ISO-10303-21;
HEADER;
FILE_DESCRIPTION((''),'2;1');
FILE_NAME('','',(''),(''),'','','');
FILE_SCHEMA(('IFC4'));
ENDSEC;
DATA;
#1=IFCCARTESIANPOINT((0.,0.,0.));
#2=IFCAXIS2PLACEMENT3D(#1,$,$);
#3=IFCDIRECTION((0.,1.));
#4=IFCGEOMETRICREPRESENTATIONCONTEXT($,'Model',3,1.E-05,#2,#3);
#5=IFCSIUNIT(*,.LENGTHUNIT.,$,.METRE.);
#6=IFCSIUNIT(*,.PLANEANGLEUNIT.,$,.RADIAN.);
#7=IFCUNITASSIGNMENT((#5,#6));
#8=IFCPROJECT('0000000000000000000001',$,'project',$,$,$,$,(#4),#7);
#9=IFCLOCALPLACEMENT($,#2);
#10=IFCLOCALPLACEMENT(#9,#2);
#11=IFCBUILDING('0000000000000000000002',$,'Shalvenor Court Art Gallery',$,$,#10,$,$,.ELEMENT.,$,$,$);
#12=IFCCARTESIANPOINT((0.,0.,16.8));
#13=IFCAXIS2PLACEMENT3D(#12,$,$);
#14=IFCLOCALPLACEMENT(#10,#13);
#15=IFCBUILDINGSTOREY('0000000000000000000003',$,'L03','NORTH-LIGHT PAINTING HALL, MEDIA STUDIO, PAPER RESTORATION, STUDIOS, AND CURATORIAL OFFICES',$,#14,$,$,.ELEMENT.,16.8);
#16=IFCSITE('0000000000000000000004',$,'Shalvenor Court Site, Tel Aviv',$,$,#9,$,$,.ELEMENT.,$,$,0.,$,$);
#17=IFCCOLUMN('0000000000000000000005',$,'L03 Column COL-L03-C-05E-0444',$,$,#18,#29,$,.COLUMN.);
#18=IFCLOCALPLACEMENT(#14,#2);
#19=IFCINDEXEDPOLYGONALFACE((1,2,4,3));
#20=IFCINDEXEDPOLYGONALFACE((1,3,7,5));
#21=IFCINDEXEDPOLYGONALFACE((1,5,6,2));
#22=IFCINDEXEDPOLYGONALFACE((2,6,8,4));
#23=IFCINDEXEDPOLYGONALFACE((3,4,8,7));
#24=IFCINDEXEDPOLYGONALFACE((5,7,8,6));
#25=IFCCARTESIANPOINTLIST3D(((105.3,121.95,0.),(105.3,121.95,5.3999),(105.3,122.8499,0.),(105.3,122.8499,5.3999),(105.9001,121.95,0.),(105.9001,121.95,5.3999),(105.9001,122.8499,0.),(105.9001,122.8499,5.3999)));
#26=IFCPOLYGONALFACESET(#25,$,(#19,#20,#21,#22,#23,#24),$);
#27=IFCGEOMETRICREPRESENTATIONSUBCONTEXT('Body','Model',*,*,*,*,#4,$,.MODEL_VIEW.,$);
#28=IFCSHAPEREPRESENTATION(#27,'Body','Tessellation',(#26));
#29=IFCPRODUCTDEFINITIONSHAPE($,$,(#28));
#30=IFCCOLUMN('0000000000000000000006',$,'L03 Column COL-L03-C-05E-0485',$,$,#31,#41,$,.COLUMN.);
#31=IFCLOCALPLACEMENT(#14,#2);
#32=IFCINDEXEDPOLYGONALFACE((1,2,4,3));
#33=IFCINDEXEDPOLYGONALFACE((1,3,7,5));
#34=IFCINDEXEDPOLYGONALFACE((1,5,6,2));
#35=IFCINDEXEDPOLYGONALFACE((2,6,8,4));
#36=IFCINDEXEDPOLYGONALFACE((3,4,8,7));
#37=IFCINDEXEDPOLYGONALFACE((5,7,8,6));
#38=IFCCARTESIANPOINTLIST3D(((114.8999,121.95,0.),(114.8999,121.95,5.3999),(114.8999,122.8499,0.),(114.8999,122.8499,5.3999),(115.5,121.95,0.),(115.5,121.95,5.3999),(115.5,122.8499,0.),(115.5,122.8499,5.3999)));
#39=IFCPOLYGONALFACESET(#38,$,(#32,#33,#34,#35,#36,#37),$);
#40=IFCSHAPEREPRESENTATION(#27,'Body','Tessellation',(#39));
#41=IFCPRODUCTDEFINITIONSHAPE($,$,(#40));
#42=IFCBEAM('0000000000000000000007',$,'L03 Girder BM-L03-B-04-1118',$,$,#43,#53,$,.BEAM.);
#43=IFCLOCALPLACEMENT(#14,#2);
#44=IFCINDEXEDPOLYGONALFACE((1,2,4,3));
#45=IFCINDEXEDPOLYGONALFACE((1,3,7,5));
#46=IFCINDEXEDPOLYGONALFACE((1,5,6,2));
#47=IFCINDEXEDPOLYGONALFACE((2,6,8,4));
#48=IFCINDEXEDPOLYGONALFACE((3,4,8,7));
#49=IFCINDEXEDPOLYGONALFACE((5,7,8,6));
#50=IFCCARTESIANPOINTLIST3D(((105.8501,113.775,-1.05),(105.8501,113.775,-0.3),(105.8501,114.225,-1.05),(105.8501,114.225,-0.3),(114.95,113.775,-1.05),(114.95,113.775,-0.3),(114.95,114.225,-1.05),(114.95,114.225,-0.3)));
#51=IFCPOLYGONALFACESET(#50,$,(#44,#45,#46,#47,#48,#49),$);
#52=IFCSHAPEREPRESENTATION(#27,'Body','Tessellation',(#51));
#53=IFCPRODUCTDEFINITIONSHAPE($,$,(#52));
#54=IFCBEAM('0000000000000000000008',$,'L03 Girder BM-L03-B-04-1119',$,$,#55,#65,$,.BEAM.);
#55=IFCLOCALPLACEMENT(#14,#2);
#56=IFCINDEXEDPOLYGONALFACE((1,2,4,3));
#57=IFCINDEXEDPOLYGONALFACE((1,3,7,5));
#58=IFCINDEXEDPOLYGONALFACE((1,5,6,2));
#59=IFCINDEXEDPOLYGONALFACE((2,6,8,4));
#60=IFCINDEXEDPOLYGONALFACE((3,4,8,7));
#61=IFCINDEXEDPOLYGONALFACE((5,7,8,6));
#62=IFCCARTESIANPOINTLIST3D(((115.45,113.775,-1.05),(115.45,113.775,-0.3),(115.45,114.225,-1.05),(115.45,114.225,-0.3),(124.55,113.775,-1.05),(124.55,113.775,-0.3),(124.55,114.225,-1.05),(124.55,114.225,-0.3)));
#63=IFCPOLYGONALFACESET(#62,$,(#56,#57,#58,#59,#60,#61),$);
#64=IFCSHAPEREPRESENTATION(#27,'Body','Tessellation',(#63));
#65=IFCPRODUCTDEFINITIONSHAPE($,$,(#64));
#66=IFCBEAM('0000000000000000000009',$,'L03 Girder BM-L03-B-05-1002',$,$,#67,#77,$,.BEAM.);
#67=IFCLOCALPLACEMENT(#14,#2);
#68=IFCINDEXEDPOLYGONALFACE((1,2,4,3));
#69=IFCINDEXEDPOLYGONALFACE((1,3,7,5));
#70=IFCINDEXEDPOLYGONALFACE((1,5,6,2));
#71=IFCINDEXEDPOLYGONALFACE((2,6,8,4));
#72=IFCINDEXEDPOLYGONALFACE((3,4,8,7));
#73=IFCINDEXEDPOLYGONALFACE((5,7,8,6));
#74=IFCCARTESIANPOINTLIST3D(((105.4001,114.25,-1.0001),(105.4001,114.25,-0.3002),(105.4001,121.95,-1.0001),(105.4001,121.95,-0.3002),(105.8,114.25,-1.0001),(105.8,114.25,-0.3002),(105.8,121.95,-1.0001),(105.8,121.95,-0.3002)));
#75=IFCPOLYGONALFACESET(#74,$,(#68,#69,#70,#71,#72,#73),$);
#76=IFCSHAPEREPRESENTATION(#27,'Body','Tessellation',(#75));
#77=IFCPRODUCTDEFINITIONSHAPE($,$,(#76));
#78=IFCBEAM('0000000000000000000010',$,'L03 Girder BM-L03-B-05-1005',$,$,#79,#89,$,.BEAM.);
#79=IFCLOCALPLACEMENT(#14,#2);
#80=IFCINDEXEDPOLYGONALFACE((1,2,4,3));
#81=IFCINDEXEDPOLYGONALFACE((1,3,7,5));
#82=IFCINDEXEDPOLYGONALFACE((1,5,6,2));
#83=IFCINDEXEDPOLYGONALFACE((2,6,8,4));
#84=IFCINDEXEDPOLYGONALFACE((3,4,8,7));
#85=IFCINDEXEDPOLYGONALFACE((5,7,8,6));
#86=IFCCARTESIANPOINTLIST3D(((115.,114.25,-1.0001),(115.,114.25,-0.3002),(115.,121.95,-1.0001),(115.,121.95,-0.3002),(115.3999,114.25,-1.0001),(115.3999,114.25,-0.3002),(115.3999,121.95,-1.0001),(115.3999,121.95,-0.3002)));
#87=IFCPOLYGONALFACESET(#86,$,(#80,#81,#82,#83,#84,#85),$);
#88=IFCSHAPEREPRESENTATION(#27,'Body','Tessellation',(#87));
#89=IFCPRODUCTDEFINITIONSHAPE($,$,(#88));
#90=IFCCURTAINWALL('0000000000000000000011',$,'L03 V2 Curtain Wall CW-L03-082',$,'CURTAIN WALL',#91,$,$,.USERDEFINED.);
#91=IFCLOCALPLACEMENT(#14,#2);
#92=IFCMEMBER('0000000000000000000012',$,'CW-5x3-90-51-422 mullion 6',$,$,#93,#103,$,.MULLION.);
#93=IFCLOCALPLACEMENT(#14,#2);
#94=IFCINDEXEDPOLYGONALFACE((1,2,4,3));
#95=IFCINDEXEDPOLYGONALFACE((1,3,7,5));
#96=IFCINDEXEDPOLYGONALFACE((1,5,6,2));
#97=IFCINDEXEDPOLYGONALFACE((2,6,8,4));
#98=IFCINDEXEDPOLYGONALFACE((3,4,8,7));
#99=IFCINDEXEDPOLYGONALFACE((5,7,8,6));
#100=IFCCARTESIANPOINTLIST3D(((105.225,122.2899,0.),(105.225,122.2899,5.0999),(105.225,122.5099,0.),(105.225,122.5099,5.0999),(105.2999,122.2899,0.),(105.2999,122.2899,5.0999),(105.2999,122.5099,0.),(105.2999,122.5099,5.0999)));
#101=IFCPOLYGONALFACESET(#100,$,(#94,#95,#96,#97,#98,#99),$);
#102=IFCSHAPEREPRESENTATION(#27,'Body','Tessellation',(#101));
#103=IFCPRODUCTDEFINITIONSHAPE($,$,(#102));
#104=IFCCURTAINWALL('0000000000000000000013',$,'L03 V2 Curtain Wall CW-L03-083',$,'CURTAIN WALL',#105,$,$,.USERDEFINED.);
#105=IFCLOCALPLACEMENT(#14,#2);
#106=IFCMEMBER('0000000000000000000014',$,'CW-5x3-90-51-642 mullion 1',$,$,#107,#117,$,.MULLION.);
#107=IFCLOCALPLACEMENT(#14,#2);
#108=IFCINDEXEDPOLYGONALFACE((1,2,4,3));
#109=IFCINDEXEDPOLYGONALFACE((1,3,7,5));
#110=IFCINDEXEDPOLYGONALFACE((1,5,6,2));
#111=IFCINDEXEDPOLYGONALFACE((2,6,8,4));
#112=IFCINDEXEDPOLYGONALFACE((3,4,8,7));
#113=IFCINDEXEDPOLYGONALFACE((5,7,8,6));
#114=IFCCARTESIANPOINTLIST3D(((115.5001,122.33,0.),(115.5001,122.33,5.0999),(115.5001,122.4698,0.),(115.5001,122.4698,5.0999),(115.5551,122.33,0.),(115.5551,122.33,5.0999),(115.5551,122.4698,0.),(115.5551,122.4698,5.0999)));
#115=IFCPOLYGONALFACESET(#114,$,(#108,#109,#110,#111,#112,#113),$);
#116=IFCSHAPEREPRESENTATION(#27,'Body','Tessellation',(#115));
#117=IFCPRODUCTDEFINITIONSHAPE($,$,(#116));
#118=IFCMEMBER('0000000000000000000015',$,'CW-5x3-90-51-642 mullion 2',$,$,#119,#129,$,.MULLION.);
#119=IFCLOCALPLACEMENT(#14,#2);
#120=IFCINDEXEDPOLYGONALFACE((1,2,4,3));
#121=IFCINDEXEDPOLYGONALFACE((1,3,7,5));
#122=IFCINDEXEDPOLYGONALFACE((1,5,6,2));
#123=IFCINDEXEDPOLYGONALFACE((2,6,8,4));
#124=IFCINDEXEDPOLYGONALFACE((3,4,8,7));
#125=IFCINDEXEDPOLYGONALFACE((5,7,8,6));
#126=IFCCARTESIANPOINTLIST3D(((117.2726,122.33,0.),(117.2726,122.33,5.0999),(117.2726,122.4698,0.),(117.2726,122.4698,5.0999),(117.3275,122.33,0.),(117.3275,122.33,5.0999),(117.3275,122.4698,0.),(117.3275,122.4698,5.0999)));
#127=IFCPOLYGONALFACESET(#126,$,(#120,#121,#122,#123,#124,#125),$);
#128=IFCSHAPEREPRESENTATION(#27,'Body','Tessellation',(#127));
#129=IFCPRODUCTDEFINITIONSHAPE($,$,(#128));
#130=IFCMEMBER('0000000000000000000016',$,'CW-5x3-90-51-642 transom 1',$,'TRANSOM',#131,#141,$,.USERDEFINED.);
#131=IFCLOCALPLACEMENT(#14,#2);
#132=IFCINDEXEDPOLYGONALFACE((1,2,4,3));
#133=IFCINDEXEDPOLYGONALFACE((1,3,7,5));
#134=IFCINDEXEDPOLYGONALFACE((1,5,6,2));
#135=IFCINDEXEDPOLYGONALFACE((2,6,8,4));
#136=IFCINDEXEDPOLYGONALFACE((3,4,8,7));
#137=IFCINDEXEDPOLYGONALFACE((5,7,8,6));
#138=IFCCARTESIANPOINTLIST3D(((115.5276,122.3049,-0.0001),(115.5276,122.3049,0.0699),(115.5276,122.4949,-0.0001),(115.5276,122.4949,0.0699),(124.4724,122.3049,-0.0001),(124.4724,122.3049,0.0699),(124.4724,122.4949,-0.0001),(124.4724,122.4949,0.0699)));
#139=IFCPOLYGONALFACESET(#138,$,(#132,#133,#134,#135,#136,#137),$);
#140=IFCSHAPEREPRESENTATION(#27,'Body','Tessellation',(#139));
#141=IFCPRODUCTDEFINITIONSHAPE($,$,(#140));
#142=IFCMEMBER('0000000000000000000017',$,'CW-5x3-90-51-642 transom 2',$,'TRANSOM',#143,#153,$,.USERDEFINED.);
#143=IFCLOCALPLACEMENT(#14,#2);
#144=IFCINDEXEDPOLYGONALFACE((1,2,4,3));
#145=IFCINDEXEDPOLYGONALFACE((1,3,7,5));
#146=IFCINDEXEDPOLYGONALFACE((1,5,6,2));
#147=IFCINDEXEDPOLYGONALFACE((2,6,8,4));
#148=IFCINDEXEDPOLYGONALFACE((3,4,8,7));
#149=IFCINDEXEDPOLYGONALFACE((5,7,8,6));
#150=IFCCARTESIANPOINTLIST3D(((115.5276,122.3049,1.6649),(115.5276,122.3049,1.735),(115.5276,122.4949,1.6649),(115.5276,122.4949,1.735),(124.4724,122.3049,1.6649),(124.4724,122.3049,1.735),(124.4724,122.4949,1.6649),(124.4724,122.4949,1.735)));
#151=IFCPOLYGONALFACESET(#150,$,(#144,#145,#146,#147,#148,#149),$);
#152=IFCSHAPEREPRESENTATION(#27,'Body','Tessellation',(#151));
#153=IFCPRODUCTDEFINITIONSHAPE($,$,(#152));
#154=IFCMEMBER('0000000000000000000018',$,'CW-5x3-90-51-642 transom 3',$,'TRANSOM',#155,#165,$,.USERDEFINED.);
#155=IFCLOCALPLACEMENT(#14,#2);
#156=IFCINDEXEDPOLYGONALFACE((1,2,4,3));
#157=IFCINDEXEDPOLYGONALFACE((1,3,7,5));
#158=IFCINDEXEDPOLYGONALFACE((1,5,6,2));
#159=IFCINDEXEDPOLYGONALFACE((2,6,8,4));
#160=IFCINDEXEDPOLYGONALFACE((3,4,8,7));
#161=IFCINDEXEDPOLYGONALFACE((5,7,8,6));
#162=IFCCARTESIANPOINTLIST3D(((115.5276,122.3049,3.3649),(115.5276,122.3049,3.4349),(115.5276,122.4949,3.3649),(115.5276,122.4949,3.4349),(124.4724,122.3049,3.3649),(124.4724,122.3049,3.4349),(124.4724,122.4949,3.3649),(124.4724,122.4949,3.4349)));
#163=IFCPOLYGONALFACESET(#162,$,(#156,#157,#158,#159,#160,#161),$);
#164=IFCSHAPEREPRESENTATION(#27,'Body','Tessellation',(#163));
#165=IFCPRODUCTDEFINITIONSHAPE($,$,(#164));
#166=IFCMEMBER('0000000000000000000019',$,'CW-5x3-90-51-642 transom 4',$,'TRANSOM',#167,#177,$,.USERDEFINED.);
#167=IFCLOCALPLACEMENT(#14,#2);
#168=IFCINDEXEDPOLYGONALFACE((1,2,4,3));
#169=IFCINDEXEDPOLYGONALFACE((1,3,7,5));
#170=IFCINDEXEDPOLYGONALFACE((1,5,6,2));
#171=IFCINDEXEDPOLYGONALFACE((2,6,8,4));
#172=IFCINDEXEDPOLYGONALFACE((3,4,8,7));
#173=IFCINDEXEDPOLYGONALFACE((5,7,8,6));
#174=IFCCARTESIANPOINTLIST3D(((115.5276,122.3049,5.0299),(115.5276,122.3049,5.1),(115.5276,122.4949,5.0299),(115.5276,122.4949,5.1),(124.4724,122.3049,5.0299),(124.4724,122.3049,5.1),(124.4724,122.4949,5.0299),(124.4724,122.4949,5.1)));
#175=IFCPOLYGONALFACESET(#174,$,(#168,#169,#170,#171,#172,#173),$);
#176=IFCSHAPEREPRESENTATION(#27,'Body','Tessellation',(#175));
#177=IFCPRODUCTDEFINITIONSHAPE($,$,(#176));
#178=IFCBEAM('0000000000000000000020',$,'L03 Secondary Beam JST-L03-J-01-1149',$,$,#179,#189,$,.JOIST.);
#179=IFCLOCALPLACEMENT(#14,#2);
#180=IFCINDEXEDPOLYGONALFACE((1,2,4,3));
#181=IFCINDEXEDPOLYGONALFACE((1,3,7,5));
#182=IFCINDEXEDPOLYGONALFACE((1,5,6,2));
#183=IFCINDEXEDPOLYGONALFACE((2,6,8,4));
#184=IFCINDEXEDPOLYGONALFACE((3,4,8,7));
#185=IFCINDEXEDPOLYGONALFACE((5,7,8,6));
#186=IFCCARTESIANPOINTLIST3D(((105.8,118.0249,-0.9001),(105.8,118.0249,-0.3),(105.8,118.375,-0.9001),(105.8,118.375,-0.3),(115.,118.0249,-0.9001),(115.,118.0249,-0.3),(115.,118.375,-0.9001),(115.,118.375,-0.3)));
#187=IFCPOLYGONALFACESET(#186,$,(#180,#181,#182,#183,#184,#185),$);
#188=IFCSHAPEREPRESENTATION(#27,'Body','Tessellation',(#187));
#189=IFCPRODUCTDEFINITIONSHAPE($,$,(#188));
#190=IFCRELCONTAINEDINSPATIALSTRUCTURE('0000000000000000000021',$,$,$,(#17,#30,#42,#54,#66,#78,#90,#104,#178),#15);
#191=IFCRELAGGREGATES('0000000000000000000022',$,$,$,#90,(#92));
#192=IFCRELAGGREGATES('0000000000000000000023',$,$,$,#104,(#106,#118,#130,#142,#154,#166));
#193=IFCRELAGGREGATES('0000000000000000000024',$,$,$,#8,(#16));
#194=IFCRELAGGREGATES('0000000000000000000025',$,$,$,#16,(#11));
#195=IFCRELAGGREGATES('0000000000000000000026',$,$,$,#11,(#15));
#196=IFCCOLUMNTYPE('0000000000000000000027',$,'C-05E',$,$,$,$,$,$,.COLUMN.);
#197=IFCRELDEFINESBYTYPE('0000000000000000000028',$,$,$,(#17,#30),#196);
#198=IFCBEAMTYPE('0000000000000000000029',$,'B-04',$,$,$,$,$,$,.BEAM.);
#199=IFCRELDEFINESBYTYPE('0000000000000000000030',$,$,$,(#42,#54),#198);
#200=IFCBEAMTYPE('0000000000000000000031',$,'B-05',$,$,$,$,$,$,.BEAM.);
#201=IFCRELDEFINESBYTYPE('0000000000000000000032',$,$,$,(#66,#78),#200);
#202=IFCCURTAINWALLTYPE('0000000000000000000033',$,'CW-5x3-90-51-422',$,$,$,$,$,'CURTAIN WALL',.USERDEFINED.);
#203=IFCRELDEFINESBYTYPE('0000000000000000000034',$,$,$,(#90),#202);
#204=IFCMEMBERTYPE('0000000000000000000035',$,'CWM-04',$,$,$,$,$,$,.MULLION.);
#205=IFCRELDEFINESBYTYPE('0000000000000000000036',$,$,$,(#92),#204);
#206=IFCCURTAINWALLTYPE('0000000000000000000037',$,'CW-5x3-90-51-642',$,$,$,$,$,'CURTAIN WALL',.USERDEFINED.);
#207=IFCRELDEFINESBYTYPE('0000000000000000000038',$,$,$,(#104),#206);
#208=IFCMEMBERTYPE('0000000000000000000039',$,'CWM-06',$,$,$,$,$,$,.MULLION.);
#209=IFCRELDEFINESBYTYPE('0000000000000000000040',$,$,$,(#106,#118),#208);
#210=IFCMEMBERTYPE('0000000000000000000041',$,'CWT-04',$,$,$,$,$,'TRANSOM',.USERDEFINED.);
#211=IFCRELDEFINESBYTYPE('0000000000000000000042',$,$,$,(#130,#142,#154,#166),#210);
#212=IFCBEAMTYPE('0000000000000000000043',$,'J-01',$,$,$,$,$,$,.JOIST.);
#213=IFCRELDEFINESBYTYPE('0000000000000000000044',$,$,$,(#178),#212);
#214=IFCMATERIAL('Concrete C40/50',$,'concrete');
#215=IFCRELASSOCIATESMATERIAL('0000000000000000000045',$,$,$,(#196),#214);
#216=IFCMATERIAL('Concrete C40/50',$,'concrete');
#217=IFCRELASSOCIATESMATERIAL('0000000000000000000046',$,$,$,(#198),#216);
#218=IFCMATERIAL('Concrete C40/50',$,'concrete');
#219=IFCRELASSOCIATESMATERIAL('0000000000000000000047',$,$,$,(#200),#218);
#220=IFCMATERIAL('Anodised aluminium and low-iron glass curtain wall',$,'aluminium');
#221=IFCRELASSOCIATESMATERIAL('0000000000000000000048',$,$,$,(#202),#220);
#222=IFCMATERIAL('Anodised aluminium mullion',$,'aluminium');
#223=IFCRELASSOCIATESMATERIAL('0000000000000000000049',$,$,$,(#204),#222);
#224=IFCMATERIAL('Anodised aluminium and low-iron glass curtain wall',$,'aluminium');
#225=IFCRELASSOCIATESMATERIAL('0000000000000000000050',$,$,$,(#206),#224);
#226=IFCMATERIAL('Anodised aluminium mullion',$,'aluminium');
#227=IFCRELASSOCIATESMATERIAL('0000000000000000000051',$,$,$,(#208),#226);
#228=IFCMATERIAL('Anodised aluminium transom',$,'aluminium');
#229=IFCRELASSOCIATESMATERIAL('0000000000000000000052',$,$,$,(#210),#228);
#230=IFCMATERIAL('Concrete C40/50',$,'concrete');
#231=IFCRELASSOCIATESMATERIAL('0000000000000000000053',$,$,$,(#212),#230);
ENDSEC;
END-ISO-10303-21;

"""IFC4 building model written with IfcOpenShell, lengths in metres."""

from ifc_helpers import new_model, si_unit, direction, frame, origin, origin_2d, place, context, subcontext, project, spatial, rectangle, extrude, material, material_profile, profile_set, type_object, element, aggregate, save


model = new_model("IFC4")

# Units and contexts
model_context = context("Model", 3, precision=1e-05, world=origin(), true_north=direction((0.0, 1.0)))
body_context = subcontext(model_context, "Body", "Model", "MODEL_VIEW")
ifc_project = project(units=[si_unit("LENGTHUNIT", "METRE"), si_unit("PLANEANGLEUNIT", "RADIAN")], contexts=[model_context])

# Site, building, storey
site_placement = place(None, origin())
site = spatial("IfcSite", under=ifc_project, at=site_placement, Name="Shalvenor Court Site, Tel Aviv", CompositionType="ELEMENT", RefElevation=0.0)
building_placement = place(site_placement, origin())
building = spatial("IfcBuilding", under=site, at=building_placement, Name="Shalvenor Court Art Gallery", CompositionType="ELEMENT")
storey_placement = place(building_placement, frame((0.0, 0.0, 16.8)))
storey = spatial("IfcBuildingStorey", under=building, at=storey_placement, Name="L03", Description="NORTH-LIGHT PAINTING HALL, MEDIA STUDIO, PAPER RESTORATION, STUDIOS, AND CURATORIAL OFFICES", CompositionType="ELEMENT", Elevation=16.8)

# Columns
ifc_material_1 = material(Name="Concrete C40/50", Category="concrete")
ifc_material_profile_1 = material_profile(ifc_material_1, rectangle(XDim=0.6001, YDim=0.8999, at=origin_2d()), Name="RC 600x900")
ifc_profile_set_1 = profile_set([ifc_material_profile_1], Name="Concrete C40/50")
column_type = type_object("IfcColumnType", Name="C-05E", PredefinedType="COLUMN", material=ifc_profile_set_1)
for number, where, z_axis, x_axis, name in (
    (1, (105.6001, 122.3999, 0.0), (0.0, 0.0, 1.0), (1.0, 0.0, 0.0), "L03 Column COL-L03-C-05E-0444"),
    (2, (115.2, 122.3999, 0.0), (0.0, 0.0, 1.0), (1.0, 0.0, 0.0), "L03 Column COL-L03-C-05E-0485"),
):
    element("IfcColumn", number, at=place(storey_placement, frame(where, z_axis=z_axis, x_axis=x_axis)), inside=storey, type_object=column_type, Name=name, PredefinedType="COLUMN", context=body_context, shape_type="SweptSolid", body=[
        extrude(rectangle(XDim=0.6001, YDim=0.8999, at=origin_2d()), origin(), (0.0, 0.0, 1.0), 5.3999),
    ])

# Beams
ifc_material_2 = material(Name="Concrete C40/50", Category="concrete")
ifc_material_profile_2 = material_profile(ifc_material_2, rectangle(XDim=0.45, YDim=0.75, at=origin_2d()), Name="RC 450x750")
ifc_profile_set_2 = profile_set([ifc_material_profile_2], Name="Concrete C40/50")
beam_type_1 = type_object("IfcBeamType", Name="B-04", PredefinedType="BEAM", material=ifc_profile_set_2)
beam_1_placement = place(storey_placement, frame((105.8501, 114.0, -0.675), z_axis=(1.0, 0.0, 0.0), x_axis=(0.0, 1.0, 0.0)))
element("IfcBeam", 3, at=beam_1_placement, inside=storey, type_object=beam_type_1, Name="L03 Girder BM-L03-B-04-1118", PredefinedType="BEAM", context=body_context, shape_type="SweptSolid", body=[
    extrude(rectangle(XDim=0.45, YDim=0.75, at=origin_2d()), origin(), (0.0, 0.0, 1.0), 9.0999),
])
beam_2_placement = place(storey_placement, frame((115.45, 114.0, -0.675), z_axis=(1.0, 0.0, 0.0), x_axis=(0.0, 1.0, 0.0)))
element("IfcBeam", 4, at=beam_2_placement, inside=storey, type_object=beam_type_1, Name="L03 Girder BM-L03-B-04-1119", PredefinedType="BEAM", context=body_context, shape_type="SweptSolid", body=[
    extrude(rectangle(XDim=0.45, YDim=0.75, at=origin_2d()), origin(), (0.0, 0.0, 1.0), 9.1001),
])
ifc_material_3 = material(Name="Concrete C40/50", Category="concrete")
ifc_material_profile_3 = material_profile(ifc_material_3, rectangle(XDim=0.3999, YDim=0.7, at=origin_2d()), Name="RC 400x700")
ifc_profile_set_3 = profile_set([ifc_material_profile_3], Name="Concrete C40/50")
beam_type_2 = type_object("IfcBeamType", Name="B-05", PredefinedType="BEAM", material=ifc_profile_set_3)
for number, where, z_axis, x_axis, name in (
    (5, (105.6001, 114.25, -0.6501), (0.0, 1.0, 0.0), (-1.0, 0.0, 0.0), "L03 Girder BM-L03-B-05-1002"),
    (6, (115.2, 114.25, -0.6501), (0.0, 1.0, 0.0), (-1.0, 0.0, 0.0), "L03 Girder BM-L03-B-05-1005"),
):
    element("IfcBeam", number, at=place(storey_placement, frame(where, z_axis=z_axis, x_axis=x_axis)), inside=storey, type_object=beam_type_2, Name=name, PredefinedType="BEAM", context=body_context, shape_type="SweptSolid", body=[
        extrude(rectangle(XDim=0.3999, YDim=0.7, at=origin_2d()), origin(), (0.0, 0.0, 1.0), 7.7),
    ])

# Curtain wall, member
ifc_material_4 = material(Name="Anodised aluminium and low-iron glass curtain wall", Category="aluminium")
curtain_wall_type_1 = type_object("IfcCurtainWallType", Name="CW-5x3-90-51-422", ElementType="CURTAIN WALL", PredefinedType="USERDEFINED", material=ifc_material_4)
curtain_wall_1_placement = place(storey_placement, origin())
curtain_wall_1 = element("IfcCurtainWall", 7, at=curtain_wall_1_placement, inside=storey, type_object=curtain_wall_type_1, Name="L03 V2 Curtain Wall CW-L03-082", ObjectType="CURTAIN WALL", PredefinedType="USERDEFINED")
ifc_material_5 = material(Name="Anodised aluminium mullion", Category="aluminium")
ifc_material_profile_4 = material_profile(ifc_material_5, rectangle(XDim=0.075, YDim=0.22, at=origin_2d()), Name="CWM-04")
ifc_profile_set_4 = profile_set([ifc_material_profile_4], Name="Anodised aluminium mullion")
member_type_1 = type_object("IfcMemberType", Name="CWM-04", PredefinedType="MULLION", material=ifc_profile_set_4)
member_1_placement = place(storey_placement, frame((105.2625, 122.3999, 0.0), z_axis=(0.0, 0.0, 1.0), x_axis=(1.0, 0.0, 0.0)))
member_1 = element("IfcMember", 8, at=member_1_placement, type_object=member_type_1, Name="CW-5x3-90-51-422 mullion 6", PredefinedType="MULLION", context=body_context, shape_type="SweptSolid", body=[
    extrude(rectangle(XDim=0.075, YDim=0.22, at=origin_2d()), origin(), (0.0, 0.0, 1.0), 5.0999),
])

# Curtain wall, members
ifc_material_6 = material(Name="Anodised aluminium and low-iron glass curtain wall", Category="aluminium")
curtain_wall_type_2 = type_object("IfcCurtainWallType", Name="CW-5x3-90-51-642", ElementType="CURTAIN WALL", PredefinedType="USERDEFINED", material=ifc_material_6)
curtain_wall_2_placement = place(storey_placement, origin())
curtain_wall_2 = element("IfcCurtainWall", 9, at=curtain_wall_2_placement, inside=storey, type_object=curtain_wall_type_2, Name="L03 V2 Curtain Wall CW-L03-083", ObjectType="CURTAIN WALL", PredefinedType="USERDEFINED")
ifc_material_7 = material(Name="Anodised aluminium mullion", Category="aluminium")
ifc_material_profile_5 = material_profile(ifc_material_7, rectangle(XDim=0.0549, YDim=0.1399, at=origin_2d()), Name="CWM-06")
ifc_profile_set_5 = profile_set([ifc_material_profile_5], Name="Anodised aluminium mullion")
member_type_2 = type_object("IfcMemberType", Name="CWM-06", PredefinedType="MULLION", material=ifc_profile_set_5)
member_2_placement = place(storey_placement, frame((115.5276, 122.3999, 0.0), z_axis=(0.0, 0.0, 1.0), x_axis=(1.0, 0.0, 0.0)))
member_2 = element("IfcMember", 10, at=member_2_placement, type_object=member_type_2, Name="CW-5x3-90-51-642 mullion 1", PredefinedType="MULLION", context=body_context, shape_type="SweptSolid", body=[
    extrude(rectangle(XDim=0.0549, YDim=0.1399, at=origin_2d()), origin(), (0.0, 0.0, 1.0), 5.0999),
])
member_3_placement = place(storey_placement, frame((117.3, 122.3999, 0.0), z_axis=(0.0, 0.0, 1.0), x_axis=(1.0, 0.0, 0.0)))
member_3 = element("IfcMember", 11, at=member_3_placement, type_object=member_type_2, Name="CW-5x3-90-51-642 mullion 2", PredefinedType="MULLION", context=body_context, shape_type="SweptSolid", body=[
    extrude(rectangle(XDim=0.0549, YDim=0.1399, at=origin_2d()), origin(), (0.0, 0.0, 1.0), 5.0999),
])
ifc_material_8 = material(Name="Anodised aluminium transom", Category="aluminium")
ifc_material_profile_6 = material_profile(ifc_material_8, rectangle(XDim=0.1899, YDim=0.0701, at=origin_2d()), Name="CWT-04")
ifc_profile_set_6 = profile_set([ifc_material_profile_6], Name="Anodised aluminium transom")
member_type_3 = type_object("IfcMemberType", Name="CWT-04", ElementType="TRANSOM", PredefinedType="USERDEFINED", material=ifc_profile_set_6)
member_4_placement = place(storey_placement, frame((115.5276, 122.3999, 0.0349), z_axis=(1.0, 0.0, 0.0), x_axis=(0.0, 1.0, 0.0)))
member_4 = element("IfcMember", 12, at=member_4_placement, type_object=member_type_3, Name="CW-5x3-90-51-642 transom 1", ObjectType="TRANSOM", PredefinedType="USERDEFINED", context=body_context, shape_type="SweptSolid", body=[
    extrude(rectangle(XDim=0.1899, YDim=0.0701, at=origin_2d()), origin(), (0.0, 0.0, 1.0), 8.9448),
])
member_5_placement = place(storey_placement, frame((115.5276, 122.3999, 1.7), z_axis=(1.0, 0.0, 0.0), x_axis=(0.0, 1.0, 0.0)))
member_5 = element("IfcMember", 13, at=member_5_placement, type_object=member_type_3, Name="CW-5x3-90-51-642 transom 2", ObjectType="TRANSOM", PredefinedType="USERDEFINED", context=body_context, shape_type="SweptSolid", body=[
    extrude(rectangle(XDim=0.1899, YDim=0.0701, at=origin_2d()), origin(), (0.0, 0.0, 1.0), 8.9448),
])
member_6_placement = place(storey_placement, frame((115.5276, 122.3999, 3.3999), z_axis=(1.0, 0.0, 0.0), x_axis=(0.0, 1.0, 0.0)))
member_6 = element("IfcMember", 14, at=member_6_placement, type_object=member_type_3, Name="CW-5x3-90-51-642 transom 3", ObjectType="TRANSOM", PredefinedType="USERDEFINED", context=body_context, shape_type="SweptSolid", body=[
    extrude(rectangle(XDim=0.1899, YDim=0.0701, at=origin_2d()), origin(), (0.0, 0.0, 1.0), 8.9448),
])
member_7_placement = place(storey_placement, frame((115.5276, 122.3999, 5.0649), z_axis=(1.0, 0.0, 0.0), x_axis=(0.0, 1.0, 0.0)))
member_7 = element("IfcMember", 15, at=member_7_placement, type_object=member_type_3, Name="CW-5x3-90-51-642 transom 4", ObjectType="TRANSOM", PredefinedType="USERDEFINED", context=body_context, shape_type="SweptSolid", body=[
    extrude(rectangle(XDim=0.1899, YDim=0.0701, at=origin_2d()), origin(), (0.0, 0.0, 1.0), 8.9448),
])

# Beam
ifc_material_9 = material(Name="Concrete C40/50", Category="concrete")
ifc_material_profile_7 = material_profile(ifc_material_9, rectangle(XDim=0.3501, YDim=0.6001, at=origin_2d()), Name="RC 350x600")
ifc_profile_set_7 = profile_set([ifc_material_profile_7], Name="Concrete C40/50")
beam_type_3 = type_object("IfcBeamType", Name="J-01", PredefinedType="JOIST", material=ifc_profile_set_7)
beam_3_placement = place(storey_placement, frame((105.8, 118.2, -0.6001), z_axis=(1.0, 0.0, 0.0), x_axis=(0.0, 1.0, 0.0)))
element("IfcBeam", 16, at=beam_3_placement, inside=storey, type_object=beam_type_3, Name="L03 Secondary Beam JST-L03-J-01-1149", PredefinedType="JOIST", context=body_context, shape_type="SweptSolid", body=[
    extrude(rectangle(XDim=0.3501, YDim=0.6001, at=origin_2d()), origin(), (0.0, 0.0, 1.0), 9.2),
])

aggregate(curtain_wall_1, [member_1])
aggregate(curtain_wall_2, [member_2, member_3, member_4, member_5, member_6, member_7])

save(model, "model.ifc")
